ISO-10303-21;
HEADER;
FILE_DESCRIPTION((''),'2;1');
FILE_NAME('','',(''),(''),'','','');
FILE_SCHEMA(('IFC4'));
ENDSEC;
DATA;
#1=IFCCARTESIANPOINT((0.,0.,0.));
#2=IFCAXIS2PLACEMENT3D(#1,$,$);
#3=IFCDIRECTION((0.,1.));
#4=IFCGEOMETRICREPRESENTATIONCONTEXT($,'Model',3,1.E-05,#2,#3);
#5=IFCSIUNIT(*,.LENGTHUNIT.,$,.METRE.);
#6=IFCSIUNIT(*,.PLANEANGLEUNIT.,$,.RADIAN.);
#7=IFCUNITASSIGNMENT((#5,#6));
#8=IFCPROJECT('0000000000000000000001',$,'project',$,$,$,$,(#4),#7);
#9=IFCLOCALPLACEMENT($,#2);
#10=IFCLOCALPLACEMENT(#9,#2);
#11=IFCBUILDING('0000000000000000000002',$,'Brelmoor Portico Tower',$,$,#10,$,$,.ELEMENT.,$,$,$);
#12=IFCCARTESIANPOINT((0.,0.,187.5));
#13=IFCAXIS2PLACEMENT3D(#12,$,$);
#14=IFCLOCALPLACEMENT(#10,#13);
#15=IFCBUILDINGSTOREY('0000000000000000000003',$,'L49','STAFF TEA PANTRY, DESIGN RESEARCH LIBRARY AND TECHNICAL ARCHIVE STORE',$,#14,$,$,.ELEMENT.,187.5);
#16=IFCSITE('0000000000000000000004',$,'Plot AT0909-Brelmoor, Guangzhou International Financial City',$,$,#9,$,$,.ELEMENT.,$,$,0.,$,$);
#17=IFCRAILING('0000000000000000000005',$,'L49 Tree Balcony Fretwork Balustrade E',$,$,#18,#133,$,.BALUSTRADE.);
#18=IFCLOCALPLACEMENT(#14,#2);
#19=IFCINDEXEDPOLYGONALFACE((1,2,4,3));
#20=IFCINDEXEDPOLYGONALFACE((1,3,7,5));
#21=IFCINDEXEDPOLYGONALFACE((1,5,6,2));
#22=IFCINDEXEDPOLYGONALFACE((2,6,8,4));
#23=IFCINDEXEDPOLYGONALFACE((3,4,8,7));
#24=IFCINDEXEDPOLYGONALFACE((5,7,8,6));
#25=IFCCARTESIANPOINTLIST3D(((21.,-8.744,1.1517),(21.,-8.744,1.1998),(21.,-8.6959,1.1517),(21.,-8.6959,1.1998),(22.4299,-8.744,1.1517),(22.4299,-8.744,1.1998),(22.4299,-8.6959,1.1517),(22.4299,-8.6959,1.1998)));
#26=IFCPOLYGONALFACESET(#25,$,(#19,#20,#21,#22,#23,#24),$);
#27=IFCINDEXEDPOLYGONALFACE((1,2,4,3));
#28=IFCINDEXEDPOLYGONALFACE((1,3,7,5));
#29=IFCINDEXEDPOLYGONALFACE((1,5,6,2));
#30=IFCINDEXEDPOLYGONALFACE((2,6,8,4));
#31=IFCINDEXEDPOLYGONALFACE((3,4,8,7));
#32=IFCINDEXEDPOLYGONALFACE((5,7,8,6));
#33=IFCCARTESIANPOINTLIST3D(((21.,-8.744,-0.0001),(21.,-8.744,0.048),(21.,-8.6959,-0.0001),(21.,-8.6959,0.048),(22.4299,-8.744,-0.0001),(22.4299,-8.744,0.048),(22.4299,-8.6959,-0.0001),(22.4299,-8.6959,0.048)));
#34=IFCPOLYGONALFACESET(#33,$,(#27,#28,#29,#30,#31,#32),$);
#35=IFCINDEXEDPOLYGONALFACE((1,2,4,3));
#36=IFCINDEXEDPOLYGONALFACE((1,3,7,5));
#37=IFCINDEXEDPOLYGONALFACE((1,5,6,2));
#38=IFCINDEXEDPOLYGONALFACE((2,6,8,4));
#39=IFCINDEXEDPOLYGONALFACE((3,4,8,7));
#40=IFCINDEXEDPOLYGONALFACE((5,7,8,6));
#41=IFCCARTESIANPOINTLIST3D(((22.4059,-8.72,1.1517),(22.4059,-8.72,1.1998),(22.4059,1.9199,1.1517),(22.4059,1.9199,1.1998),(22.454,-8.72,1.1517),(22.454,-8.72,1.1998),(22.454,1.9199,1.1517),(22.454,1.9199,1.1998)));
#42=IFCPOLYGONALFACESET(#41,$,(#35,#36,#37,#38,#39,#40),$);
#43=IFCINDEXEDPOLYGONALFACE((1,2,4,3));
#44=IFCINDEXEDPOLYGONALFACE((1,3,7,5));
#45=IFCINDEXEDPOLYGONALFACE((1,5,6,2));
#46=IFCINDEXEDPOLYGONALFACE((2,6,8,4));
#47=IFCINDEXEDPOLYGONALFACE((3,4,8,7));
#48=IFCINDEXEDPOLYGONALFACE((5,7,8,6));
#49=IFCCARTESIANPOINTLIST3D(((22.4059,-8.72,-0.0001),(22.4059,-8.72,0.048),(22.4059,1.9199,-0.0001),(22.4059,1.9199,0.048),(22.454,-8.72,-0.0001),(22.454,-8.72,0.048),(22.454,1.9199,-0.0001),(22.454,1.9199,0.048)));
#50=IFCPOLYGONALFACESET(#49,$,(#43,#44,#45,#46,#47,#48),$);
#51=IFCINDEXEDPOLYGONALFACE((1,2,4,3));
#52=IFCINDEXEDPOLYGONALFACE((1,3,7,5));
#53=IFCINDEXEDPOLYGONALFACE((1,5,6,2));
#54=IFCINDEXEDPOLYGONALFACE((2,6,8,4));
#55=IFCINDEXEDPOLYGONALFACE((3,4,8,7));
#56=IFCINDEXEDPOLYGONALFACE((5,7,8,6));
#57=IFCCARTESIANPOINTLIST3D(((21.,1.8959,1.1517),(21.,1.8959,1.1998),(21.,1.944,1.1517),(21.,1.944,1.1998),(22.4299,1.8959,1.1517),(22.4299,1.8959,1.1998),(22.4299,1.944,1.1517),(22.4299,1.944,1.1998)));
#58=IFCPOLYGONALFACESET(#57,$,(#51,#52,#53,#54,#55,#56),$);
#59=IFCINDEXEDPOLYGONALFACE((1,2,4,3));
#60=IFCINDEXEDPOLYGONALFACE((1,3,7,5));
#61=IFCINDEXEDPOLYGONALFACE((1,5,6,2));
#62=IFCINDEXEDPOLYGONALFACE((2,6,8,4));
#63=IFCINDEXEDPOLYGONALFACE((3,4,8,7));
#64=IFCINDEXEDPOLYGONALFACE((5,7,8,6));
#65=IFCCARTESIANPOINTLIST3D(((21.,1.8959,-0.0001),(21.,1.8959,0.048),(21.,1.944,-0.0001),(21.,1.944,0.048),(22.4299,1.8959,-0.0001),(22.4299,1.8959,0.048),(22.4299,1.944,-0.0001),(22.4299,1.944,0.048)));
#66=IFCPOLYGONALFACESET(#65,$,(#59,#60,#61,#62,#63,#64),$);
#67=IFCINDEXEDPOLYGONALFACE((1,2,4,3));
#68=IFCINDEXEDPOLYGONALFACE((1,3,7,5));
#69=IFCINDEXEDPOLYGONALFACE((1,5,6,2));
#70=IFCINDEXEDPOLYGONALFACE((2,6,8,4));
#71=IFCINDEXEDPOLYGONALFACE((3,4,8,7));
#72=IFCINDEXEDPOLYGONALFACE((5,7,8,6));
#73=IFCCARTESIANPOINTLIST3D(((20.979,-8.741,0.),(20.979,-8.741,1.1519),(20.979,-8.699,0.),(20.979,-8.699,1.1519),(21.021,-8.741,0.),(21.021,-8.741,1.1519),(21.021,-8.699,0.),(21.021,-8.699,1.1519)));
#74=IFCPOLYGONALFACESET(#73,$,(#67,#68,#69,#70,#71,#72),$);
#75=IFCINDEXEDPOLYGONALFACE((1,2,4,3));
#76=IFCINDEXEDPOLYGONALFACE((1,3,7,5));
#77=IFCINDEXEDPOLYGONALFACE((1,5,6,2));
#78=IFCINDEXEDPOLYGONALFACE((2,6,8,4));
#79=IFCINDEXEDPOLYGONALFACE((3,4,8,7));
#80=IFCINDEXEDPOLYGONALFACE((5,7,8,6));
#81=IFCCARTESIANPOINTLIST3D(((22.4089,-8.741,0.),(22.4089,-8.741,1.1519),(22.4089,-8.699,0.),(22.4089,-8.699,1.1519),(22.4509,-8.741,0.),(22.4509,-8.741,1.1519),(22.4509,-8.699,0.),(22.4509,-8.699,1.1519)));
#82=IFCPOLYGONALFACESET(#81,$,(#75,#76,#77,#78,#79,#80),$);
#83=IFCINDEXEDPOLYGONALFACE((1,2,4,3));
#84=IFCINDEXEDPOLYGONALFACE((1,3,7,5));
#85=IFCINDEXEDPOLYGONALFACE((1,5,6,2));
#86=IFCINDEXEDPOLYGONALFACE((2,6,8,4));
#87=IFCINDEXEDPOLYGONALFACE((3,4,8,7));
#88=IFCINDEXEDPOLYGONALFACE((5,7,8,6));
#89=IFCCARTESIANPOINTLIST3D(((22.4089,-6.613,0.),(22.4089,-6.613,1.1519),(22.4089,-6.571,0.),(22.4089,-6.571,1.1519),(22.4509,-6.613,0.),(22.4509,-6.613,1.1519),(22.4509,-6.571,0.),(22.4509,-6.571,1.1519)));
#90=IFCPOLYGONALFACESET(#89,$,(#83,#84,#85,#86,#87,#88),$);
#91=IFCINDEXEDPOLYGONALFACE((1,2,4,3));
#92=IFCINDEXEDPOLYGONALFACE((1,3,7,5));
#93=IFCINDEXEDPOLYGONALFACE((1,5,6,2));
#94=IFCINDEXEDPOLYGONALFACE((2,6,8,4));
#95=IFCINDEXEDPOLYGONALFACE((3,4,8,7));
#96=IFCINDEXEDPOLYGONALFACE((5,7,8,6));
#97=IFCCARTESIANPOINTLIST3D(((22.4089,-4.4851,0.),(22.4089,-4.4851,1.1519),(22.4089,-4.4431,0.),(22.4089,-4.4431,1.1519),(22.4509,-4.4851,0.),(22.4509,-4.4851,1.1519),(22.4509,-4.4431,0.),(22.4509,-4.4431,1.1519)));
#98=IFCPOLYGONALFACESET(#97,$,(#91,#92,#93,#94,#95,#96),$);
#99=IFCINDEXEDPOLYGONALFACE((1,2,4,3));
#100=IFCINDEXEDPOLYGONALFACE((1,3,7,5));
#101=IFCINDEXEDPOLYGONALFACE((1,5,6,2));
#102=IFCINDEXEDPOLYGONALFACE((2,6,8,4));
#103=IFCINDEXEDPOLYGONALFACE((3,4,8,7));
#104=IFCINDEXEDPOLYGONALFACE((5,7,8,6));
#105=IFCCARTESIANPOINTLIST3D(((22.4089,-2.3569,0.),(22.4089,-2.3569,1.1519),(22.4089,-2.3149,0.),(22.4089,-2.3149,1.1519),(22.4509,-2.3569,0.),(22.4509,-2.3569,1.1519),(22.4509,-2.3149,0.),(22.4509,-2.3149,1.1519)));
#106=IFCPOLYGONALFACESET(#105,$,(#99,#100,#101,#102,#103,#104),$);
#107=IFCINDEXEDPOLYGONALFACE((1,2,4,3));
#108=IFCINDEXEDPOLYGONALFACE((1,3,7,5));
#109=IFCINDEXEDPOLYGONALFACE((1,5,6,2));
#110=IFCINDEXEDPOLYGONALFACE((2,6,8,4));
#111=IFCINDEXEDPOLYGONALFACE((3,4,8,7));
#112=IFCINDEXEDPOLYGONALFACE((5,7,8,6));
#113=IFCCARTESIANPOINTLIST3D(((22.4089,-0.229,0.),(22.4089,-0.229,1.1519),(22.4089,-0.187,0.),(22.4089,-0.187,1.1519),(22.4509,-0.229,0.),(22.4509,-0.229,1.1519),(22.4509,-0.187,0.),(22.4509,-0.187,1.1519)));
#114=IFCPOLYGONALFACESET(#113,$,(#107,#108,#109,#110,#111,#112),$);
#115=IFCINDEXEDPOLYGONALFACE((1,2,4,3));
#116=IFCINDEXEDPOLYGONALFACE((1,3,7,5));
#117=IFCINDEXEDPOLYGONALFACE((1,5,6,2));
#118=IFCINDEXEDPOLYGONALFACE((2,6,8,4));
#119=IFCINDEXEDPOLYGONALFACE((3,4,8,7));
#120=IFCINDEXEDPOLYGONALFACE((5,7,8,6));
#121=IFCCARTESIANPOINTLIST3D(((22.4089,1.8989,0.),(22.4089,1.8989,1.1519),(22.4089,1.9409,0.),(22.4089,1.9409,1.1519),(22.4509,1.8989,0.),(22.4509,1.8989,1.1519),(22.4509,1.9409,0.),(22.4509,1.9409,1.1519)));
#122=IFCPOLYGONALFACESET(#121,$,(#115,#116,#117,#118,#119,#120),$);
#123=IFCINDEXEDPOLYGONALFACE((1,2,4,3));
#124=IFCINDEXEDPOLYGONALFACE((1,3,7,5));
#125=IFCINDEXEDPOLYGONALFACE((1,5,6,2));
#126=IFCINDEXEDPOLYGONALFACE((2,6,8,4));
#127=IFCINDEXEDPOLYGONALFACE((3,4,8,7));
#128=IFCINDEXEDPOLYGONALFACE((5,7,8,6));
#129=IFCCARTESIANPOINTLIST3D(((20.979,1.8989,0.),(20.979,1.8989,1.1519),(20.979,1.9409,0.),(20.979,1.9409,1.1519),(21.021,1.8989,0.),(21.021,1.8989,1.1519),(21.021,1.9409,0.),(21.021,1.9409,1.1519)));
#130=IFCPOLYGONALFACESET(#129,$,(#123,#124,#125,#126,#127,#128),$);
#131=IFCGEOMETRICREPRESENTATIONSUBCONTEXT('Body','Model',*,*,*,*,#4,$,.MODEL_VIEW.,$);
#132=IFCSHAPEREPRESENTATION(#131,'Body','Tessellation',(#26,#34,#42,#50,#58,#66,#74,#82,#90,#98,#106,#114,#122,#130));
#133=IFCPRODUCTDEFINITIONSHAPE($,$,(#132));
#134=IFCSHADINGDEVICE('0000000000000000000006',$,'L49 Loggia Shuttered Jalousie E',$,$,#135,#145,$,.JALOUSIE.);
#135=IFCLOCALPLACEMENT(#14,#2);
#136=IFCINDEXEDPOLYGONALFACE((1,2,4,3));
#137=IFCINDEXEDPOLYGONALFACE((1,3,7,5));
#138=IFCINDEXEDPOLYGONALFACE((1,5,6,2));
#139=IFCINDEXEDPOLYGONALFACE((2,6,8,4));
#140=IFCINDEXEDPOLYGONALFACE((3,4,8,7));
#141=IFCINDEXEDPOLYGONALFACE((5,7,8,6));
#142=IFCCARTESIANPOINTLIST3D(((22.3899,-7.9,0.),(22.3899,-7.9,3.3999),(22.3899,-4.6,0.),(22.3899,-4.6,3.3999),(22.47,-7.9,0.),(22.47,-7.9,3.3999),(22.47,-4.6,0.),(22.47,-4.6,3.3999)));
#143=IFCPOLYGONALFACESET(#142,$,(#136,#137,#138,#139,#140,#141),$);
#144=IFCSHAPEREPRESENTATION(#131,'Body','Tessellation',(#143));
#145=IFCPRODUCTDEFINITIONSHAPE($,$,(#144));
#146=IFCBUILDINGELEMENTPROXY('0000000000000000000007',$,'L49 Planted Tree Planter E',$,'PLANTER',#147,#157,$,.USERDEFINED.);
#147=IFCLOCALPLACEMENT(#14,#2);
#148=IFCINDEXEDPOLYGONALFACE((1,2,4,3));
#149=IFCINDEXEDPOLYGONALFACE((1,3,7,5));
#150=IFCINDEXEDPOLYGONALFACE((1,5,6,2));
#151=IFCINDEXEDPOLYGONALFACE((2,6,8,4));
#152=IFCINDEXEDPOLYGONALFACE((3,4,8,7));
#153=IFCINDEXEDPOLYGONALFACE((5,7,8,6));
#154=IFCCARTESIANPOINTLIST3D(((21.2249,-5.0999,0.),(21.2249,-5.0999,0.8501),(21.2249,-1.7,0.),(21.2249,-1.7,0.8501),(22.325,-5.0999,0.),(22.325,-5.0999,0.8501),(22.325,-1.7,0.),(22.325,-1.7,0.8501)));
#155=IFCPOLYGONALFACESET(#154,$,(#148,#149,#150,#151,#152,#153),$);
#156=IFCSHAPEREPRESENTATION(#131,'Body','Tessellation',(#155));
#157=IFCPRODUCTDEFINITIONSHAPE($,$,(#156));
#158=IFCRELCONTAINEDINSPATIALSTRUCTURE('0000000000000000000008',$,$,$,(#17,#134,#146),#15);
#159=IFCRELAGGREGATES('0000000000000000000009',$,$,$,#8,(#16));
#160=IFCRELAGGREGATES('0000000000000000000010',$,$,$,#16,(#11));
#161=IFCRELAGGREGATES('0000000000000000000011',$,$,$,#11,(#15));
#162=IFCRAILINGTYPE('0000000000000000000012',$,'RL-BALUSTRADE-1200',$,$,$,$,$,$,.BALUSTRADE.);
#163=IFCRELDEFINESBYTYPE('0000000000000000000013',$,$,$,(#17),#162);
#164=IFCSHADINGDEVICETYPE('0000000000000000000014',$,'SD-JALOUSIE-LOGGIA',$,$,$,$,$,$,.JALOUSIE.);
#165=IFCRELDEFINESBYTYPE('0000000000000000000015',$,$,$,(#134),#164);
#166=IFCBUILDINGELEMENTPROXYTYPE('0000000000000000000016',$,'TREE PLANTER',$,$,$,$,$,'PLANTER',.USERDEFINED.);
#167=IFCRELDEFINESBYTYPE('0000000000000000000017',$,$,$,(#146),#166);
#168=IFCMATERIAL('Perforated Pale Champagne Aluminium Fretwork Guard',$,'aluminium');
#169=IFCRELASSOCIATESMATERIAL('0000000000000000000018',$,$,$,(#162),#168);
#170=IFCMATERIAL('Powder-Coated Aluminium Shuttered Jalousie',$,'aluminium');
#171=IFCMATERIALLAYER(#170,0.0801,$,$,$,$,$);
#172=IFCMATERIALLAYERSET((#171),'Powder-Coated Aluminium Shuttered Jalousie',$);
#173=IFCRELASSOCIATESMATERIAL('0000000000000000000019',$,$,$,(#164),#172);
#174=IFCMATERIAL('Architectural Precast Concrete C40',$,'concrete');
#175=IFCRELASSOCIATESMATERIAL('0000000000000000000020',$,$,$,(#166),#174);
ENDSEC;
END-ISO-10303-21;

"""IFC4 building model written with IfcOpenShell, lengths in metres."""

from ifc_helpers import new_model, si_unit, direction, frame, origin, origin_2d, place, context, subcontext, project, spatial, rectangle, extrude, material, layer, layer_set, type_object, element, save


model = new_model("IFC4")

# Units and contexts
model_context = context("Model", 3, precision=1e-05, world=origin(), true_north=direction((0.0, 1.0)))
body_context = subcontext(model_context, "Body", "Model", "MODEL_VIEW")
ifc_project = project(units=[si_unit("LENGTHUNIT", "METRE"), si_unit("PLANEANGLEUNIT", "RADIAN")], contexts=[model_context])

# Site, building, storey
site_placement = place(None, origin())
site = spatial("IfcSite", under=ifc_project, at=site_placement, Name="Plot AT0909-Brelmoor, Guangzhou International Financial City", CompositionType="ELEMENT", RefElevation=0.0)
building_placement = place(site_placement, origin())
building = spatial("IfcBuilding", under=site, at=building_placement, Name="Brelmoor Portico Tower", CompositionType="ELEMENT")
storey_placement = place(building_placement, frame((0.0, 0.0, 187.5)))
storey = spatial("IfcBuildingStorey", under=building, at=storey_placement, Name="L49", Description="STAFF TEA PANTRY, DESIGN RESEARCH LIBRARY AND TECHNICAL ARCHIVE STORE", CompositionType="ELEMENT", Elevation=187.5)

# Railing
ifc_material_1 = material(Name="Perforated Pale Champagne Aluminium Fretwork Guard", Category="aluminium")
railing_type = type_object("IfcRailingType", Name="RL-BALUSTRADE-1200", PredefinedType="BALUSTRADE", material=ifc_material_1)
railing_placement = place(storey_placement, frame((21.0, -8.72, 0.0)))
element("IfcRailing", 1, at=railing_placement, inside=storey, type_object=railing_type, Name="L49 Tree Balcony Fretwork Balustrade E", PredefinedType="BALUSTRADE", context=body_context, shape_type="SweptSolid", body=[
    extrude(rectangle(XDim=0.0481, YDim=0.0481, at=origin_2d()), frame((0.0, 0.0, 1.1758), z_axis=(1.0, 0.0, 0.0), x_axis=(0.0, 1.0, 0.0)), (0.0, 0.0, 1.0), 1.4299),
    extrude(rectangle(XDim=0.0481, YDim=0.0481, at=origin_2d()), frame((0.0, 0.0, 0.0239), z_axis=(1.0, 0.0, 0.0), x_axis=(0.0, 1.0, 0.0)), (0.0, 0.0, 1.0), 1.4299),
    extrude(rectangle(XDim=0.0481, YDim=0.0481, at=origin_2d()), frame((1.4299, 0.0, 1.1758), z_axis=(0.0, 1.0, 0.0), x_axis=(-1.0, 0.0, 0.0)), (0.0, 0.0, 1.0), 10.6399),
    extrude(rectangle(XDim=0.0481, YDim=0.0481, at=origin_2d()), frame((1.4299, 0.0, 0.0239), z_axis=(0.0, 1.0, 0.0), x_axis=(-1.0, 0.0, 0.0)), (0.0, 0.0, 1.0), 10.6399),
    extrude(rectangle(XDim=0.0481, YDim=0.0481, at=origin_2d()), frame((1.4299, 10.6399, 1.1758), z_axis=(-1.0, 0.0, 0.0), x_axis=(0.0, -1.0, 0.0)), (0.0, 0.0, 1.0), 1.4299),
    extrude(rectangle(XDim=0.0481, YDim=0.0481, at=origin_2d()), frame((1.4299, 10.6399, 0.0239), z_axis=(-1.0, 0.0, 0.0), x_axis=(0.0, -1.0, 0.0)), (0.0, 0.0, 1.0), 1.4299),
    extrude(rectangle(XDim=0.042, YDim=0.042, at=origin_2d()), origin(), (0.0, 0.0, 1.0), 1.1519),
    extrude(rectangle(XDim=0.042, YDim=0.042, at=origin_2d()), frame((1.4299, 0.0, 0.0)), (0.0, 0.0, 1.0), 1.1519),
    extrude(rectangle(XDim=0.042, YDim=0.042, at=origin_2d()), frame((1.4299, 2.1279, 0.0)), (0.0, 0.0, 1.0), 1.1519),
    extrude(rectangle(XDim=0.042, YDim=0.042, at=origin_2d()), frame((1.4299, 4.2559, 0.0)), (0.0, 0.0, 1.0), 1.1519),
    extrude(rectangle(XDim=0.042, YDim=0.042, at=origin_2d()), frame((1.4299, 6.384, 0.0)), (0.0, 0.0, 1.0), 1.1519),
    extrude(rectangle(XDim=0.042, YDim=0.042, at=origin_2d()), frame((1.4299, 8.512, 0.0)), (0.0, 0.0, 1.0), 1.1519),
    extrude(rectangle(XDim=0.042, YDim=0.042, at=origin_2d()), frame((1.4299, 10.6399, 0.0)), (0.0, 0.0, 1.0), 1.1519),
    extrude(rectangle(XDim=0.042, YDim=0.042, at=origin_2d()), frame((0.0, 10.6399, 0.0)), (0.0, 0.0, 1.0), 1.1519),
])

# Shading device
ifc_material_2 = material(Name="Powder-Coated Aluminium Shuttered Jalousie", Category="aluminium")
ifc_layer_1 = layer(ifc_material_2, 0.0801)
ifc_layer_set_1 = layer_set([ifc_layer_1], Name="Powder-Coated Aluminium Shuttered Jalousie")
shading_device_type = type_object("IfcShadingDeviceType", Name="SD-JALOUSIE-LOGGIA", PredefinedType="JALOUSIE", material=ifc_layer_set_1)
shading_device_placement = place(storey_placement, frame((22.4299, -6.25, 0.0), z_axis=(0.0, 0.0, 1.0), x_axis=(0.0, 1.0, 0.0)))
element("IfcShadingDevice", 2, at=shading_device_placement, inside=storey, type_object=shading_device_type, Name="L49 Loggia Shuttered Jalousie E", PredefinedType="JALOUSIE", context=body_context, shape_type="SweptSolid", body=[
    extrude(rectangle(XDim=3.3, YDim=0.0801, at=origin_2d()), origin(), (0.0, 0.0, 1.0), 3.3999),
])

# Building element proxy
ifc_material_3 = material(Name="Architectural Precast Concrete C40", Category="concrete")
building_element_proxy_type = type_object("IfcBuildingElementProxyType", Name="TREE PLANTER", ElementType="PLANTER", PredefinedType="USERDEFINED", material=ifc_material_3)
proxy_placement = place(storey_placement, frame((21.7749, -3.3999, 0.0), z_axis=(0.0, 0.0, 1.0), x_axis=(0.0, 1.0, 0.0)))
element("IfcBuildingElementProxy", 3, at=proxy_placement, inside=storey, type_object=building_element_proxy_type, Name="L49 Planted Tree Planter E", ObjectType="PLANTER", PredefinedType="USERDEFINED", context=body_context, shape_type="SweptSolid", body=[
    extrude(rectangle(XDim=3.3999, YDim=1.1001, at=origin_2d()), origin(), (0.0, 0.0, 1.0), 0.8501),
])

save(model, "model.ifc")
